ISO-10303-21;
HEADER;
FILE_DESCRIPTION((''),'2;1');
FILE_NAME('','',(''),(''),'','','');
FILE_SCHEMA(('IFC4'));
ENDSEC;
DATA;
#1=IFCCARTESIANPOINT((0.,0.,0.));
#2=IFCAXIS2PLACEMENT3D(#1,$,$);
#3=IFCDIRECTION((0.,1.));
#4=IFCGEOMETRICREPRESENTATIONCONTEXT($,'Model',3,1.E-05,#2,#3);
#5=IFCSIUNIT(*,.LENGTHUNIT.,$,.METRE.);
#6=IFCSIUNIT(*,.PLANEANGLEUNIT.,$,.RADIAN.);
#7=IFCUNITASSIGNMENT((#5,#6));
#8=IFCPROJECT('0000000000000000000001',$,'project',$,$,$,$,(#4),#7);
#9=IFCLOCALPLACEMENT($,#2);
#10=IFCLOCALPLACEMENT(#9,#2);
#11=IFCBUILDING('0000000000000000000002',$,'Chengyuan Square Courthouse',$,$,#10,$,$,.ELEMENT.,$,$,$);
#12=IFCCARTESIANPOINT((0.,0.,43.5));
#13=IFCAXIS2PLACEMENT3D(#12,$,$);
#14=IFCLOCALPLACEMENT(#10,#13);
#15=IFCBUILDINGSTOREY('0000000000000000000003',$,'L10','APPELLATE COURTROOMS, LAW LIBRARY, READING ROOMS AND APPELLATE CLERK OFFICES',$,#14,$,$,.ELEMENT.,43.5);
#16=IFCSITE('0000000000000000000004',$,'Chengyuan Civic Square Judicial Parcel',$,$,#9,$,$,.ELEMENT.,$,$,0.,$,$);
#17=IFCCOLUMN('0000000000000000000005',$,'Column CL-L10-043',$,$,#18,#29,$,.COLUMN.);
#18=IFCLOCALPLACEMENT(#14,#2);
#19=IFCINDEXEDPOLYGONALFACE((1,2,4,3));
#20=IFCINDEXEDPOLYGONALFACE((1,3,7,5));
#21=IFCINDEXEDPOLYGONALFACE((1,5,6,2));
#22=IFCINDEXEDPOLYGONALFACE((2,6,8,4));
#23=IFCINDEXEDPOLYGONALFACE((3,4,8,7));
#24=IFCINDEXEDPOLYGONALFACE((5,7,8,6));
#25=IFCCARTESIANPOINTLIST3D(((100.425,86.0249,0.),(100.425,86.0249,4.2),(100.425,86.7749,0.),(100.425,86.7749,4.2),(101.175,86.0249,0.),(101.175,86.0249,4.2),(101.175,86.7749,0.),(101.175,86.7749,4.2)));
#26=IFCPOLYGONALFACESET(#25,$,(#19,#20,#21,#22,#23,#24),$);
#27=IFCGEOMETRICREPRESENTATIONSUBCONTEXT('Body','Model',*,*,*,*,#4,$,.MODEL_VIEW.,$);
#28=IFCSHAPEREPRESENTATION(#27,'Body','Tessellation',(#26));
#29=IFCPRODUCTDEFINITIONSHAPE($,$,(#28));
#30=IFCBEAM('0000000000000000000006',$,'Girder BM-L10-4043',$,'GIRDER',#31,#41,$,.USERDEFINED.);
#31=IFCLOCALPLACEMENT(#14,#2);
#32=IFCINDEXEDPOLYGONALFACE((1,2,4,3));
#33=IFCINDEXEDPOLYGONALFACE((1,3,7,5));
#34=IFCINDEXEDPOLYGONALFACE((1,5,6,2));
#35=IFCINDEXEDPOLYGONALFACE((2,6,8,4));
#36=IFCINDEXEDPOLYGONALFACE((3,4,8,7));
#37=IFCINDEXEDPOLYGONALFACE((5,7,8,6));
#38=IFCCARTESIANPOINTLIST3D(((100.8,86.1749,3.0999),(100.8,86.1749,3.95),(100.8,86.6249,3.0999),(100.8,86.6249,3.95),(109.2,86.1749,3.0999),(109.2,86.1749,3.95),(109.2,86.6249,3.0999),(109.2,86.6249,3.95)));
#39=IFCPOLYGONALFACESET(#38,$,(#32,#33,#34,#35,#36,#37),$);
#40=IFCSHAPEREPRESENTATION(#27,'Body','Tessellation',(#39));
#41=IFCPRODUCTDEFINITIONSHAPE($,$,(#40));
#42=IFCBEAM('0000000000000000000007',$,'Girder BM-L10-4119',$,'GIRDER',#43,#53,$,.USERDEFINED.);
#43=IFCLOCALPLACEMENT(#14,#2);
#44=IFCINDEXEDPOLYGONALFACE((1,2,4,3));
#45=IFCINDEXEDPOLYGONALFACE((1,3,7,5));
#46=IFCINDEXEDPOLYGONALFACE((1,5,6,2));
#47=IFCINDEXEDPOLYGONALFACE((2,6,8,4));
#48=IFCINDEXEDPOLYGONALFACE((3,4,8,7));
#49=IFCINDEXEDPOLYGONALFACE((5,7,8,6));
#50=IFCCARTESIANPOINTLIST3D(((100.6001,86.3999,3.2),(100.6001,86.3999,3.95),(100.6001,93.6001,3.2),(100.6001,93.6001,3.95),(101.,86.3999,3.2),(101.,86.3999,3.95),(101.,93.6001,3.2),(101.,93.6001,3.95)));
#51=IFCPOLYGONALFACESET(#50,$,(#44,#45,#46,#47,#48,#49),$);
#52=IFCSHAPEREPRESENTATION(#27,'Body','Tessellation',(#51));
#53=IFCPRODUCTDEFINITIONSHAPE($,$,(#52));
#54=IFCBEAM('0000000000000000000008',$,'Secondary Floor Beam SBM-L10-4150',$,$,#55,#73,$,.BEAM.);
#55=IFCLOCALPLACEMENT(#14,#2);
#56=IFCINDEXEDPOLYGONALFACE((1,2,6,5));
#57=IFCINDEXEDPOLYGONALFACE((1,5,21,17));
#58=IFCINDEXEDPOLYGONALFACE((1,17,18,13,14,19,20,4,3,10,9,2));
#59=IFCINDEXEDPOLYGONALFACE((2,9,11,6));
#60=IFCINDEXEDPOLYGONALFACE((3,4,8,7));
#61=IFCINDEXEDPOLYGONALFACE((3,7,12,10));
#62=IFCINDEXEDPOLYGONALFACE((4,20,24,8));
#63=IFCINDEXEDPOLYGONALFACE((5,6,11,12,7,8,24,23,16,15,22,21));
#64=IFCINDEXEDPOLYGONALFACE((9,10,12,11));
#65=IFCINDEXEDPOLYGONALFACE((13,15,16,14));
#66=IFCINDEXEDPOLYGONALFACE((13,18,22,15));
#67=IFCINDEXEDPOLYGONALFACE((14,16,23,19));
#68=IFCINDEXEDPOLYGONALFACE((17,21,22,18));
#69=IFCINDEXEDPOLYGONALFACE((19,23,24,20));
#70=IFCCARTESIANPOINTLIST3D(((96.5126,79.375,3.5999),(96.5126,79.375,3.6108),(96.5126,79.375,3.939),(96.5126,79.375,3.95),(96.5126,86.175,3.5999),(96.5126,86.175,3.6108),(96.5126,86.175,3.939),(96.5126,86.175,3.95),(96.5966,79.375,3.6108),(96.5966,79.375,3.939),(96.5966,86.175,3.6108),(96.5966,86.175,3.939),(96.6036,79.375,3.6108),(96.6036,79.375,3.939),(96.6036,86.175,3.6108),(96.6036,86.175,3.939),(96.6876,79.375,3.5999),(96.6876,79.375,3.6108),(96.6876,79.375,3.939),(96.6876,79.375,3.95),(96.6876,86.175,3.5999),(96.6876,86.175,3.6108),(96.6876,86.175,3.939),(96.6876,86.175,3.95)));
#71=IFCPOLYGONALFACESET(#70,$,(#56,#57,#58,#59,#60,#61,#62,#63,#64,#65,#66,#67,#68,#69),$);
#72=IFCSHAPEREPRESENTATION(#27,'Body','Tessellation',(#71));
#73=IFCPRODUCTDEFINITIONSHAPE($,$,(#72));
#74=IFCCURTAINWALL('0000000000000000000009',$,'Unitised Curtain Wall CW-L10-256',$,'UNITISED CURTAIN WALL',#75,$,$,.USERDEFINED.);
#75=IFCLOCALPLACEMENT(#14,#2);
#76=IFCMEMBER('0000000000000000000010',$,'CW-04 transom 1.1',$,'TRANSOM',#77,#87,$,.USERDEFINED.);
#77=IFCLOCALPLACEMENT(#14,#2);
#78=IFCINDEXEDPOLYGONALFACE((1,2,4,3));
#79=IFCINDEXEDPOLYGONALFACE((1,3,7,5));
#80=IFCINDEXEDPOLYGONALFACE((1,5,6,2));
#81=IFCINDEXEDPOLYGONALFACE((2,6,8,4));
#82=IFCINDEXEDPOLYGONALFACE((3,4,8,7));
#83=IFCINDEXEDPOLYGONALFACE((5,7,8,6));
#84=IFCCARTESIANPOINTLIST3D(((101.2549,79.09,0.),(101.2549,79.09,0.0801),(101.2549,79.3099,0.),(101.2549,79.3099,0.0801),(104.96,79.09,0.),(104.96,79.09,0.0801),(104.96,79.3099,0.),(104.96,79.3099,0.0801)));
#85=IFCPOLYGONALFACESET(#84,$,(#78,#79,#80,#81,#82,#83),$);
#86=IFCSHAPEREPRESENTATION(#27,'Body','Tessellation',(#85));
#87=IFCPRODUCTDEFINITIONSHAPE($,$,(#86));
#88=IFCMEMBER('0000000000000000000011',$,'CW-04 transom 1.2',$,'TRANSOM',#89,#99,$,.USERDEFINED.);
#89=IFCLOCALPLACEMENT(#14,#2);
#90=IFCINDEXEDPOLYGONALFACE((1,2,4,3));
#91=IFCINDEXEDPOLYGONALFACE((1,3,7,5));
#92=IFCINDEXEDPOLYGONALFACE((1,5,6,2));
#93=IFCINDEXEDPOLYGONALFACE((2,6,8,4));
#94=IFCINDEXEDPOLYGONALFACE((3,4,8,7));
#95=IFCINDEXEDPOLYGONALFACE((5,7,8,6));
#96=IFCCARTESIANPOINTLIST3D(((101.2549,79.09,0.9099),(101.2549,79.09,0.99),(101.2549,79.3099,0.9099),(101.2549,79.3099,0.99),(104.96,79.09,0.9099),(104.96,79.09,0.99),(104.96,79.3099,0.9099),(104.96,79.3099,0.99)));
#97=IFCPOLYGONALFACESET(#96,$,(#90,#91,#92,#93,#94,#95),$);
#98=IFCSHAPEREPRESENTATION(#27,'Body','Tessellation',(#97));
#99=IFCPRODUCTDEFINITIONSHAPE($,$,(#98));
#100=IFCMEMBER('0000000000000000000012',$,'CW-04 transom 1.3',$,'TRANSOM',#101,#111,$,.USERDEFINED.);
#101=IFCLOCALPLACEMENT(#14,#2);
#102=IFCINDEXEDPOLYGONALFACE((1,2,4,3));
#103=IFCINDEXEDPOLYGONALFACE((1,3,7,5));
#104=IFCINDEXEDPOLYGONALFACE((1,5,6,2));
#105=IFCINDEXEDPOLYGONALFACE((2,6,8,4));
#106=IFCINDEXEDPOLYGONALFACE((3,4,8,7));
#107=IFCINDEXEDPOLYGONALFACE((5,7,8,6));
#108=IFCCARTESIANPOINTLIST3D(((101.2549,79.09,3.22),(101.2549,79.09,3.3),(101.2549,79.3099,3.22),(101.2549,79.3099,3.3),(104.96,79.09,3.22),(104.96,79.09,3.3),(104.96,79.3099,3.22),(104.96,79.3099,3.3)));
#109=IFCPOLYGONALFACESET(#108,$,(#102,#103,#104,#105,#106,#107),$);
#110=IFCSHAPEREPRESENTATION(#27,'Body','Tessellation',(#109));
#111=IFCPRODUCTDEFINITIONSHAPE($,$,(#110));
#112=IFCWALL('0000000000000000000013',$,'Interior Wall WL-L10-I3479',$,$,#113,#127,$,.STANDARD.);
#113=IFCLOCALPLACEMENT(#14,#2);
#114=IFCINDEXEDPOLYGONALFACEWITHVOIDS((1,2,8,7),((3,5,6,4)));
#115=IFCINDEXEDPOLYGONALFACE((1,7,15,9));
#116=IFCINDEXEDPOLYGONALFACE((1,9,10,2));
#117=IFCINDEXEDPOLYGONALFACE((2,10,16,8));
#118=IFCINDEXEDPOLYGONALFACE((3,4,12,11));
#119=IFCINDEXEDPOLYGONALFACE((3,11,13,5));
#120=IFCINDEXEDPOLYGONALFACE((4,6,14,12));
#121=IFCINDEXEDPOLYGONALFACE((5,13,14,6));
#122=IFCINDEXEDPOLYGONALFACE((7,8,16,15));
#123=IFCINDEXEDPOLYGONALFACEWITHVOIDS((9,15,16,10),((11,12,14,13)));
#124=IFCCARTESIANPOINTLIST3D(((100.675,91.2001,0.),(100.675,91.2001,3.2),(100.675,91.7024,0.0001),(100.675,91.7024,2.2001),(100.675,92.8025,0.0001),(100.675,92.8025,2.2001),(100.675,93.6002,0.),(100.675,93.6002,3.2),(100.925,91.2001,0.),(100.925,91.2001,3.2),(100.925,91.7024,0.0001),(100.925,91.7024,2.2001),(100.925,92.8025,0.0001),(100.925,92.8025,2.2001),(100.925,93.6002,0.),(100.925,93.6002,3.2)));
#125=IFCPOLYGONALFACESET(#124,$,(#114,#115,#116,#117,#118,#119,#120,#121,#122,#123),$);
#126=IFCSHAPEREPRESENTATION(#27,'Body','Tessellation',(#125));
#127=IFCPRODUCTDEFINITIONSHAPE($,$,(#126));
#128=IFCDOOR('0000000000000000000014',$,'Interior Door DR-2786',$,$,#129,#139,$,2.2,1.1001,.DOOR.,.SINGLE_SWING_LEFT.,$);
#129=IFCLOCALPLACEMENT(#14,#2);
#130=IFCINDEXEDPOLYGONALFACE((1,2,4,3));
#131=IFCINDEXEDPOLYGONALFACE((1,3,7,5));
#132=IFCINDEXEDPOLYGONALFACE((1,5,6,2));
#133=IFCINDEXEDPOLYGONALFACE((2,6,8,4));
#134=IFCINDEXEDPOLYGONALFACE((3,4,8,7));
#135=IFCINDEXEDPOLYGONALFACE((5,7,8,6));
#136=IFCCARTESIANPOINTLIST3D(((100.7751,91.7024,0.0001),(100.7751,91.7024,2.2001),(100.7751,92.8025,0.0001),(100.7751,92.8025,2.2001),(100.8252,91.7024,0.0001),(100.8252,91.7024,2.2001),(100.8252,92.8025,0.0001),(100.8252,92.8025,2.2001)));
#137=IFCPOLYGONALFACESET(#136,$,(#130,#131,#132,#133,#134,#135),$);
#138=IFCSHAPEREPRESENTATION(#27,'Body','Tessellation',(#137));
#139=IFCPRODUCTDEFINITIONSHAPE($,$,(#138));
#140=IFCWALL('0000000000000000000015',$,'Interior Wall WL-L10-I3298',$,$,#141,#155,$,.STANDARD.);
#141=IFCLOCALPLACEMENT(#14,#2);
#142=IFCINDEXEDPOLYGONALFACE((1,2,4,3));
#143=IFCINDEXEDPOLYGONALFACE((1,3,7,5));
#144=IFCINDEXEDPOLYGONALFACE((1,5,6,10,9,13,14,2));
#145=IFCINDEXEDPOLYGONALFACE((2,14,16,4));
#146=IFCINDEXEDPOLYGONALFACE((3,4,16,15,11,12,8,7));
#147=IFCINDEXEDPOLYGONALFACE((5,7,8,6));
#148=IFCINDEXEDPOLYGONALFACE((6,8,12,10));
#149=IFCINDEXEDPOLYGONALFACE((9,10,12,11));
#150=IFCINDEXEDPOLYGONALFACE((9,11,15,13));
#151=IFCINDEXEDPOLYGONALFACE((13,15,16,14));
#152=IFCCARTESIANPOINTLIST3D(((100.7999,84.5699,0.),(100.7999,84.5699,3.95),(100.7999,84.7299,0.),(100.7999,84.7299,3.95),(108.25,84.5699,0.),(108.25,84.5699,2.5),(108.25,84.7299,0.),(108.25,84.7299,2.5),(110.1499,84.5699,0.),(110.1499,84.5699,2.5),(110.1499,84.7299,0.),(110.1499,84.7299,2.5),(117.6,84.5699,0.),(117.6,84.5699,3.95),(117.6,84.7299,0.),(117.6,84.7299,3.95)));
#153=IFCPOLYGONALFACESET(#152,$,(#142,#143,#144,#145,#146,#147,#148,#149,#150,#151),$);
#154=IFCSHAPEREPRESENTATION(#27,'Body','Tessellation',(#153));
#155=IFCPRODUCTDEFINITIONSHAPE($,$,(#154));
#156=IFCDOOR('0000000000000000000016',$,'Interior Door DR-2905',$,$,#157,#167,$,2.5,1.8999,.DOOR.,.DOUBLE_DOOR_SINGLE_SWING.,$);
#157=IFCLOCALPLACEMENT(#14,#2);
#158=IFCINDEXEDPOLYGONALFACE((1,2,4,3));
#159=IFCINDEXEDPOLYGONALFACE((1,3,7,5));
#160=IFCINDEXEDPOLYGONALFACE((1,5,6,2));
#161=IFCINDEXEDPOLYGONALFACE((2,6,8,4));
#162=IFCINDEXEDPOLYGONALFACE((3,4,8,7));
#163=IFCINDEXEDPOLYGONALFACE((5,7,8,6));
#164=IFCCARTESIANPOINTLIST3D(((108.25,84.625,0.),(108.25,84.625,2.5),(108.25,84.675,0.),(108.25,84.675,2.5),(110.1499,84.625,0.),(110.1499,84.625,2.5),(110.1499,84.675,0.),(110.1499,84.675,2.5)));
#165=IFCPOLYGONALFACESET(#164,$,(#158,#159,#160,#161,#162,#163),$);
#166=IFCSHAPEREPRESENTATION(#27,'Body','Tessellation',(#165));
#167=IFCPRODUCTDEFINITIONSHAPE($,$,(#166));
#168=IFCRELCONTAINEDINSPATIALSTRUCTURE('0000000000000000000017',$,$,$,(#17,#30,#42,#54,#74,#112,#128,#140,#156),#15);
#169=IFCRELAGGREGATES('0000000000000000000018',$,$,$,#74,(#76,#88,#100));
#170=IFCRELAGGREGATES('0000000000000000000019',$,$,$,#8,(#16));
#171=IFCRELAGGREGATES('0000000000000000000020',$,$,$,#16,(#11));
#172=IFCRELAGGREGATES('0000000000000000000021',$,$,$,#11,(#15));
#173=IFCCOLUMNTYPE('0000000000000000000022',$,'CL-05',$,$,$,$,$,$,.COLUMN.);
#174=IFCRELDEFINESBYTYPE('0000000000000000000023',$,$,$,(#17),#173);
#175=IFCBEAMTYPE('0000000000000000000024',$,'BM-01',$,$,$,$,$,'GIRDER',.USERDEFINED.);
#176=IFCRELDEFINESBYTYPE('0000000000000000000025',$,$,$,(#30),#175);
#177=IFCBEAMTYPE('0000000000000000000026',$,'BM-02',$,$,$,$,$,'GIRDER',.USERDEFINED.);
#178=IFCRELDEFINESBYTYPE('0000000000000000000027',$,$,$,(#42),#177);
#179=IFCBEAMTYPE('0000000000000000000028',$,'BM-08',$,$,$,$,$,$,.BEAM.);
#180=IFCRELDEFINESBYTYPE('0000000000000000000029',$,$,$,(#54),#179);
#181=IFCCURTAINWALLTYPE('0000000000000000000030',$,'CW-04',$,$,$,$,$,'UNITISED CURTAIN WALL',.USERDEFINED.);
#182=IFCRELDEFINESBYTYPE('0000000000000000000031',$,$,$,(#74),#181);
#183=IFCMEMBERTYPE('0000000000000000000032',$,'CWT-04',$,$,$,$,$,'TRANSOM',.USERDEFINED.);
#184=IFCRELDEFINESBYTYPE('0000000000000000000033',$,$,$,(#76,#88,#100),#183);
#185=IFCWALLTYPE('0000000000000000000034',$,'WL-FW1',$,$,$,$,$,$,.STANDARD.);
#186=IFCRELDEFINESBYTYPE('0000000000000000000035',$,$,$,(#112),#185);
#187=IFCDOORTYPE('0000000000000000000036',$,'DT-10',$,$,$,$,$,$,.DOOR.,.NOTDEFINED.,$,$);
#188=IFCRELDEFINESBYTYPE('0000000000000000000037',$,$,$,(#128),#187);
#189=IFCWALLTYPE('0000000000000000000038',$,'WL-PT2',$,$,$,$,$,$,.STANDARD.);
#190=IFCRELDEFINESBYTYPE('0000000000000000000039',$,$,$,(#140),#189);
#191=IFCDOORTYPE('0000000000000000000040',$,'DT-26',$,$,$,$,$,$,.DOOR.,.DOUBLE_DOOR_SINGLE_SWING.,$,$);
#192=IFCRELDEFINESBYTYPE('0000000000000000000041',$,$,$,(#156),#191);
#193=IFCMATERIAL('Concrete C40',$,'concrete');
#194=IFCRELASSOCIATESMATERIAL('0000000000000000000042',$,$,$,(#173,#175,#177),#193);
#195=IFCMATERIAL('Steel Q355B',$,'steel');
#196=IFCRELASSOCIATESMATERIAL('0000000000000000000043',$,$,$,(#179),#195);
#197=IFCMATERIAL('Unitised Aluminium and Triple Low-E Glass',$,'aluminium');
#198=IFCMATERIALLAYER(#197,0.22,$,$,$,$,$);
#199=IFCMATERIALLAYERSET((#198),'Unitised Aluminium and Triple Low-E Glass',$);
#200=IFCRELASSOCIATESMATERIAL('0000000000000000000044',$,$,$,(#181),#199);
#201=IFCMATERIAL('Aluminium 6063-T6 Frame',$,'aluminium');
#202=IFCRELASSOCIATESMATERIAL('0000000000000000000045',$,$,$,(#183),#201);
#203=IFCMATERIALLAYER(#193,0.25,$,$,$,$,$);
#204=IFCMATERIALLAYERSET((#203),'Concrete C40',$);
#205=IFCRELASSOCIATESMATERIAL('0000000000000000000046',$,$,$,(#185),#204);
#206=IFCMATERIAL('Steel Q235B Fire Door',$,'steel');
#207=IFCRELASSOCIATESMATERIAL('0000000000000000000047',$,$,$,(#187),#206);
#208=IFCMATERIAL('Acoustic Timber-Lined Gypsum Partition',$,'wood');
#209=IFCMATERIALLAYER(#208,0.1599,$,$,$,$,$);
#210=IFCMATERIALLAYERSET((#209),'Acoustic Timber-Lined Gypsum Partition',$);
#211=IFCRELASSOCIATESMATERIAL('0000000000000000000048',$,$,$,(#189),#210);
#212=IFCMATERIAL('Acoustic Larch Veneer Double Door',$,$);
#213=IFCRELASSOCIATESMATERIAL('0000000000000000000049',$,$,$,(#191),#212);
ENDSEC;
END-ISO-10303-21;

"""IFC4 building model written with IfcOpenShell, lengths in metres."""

from ifc_helpers import new_model, si_unit, direction, frame, frame_2d, origin, origin_2d, place, context, subcontext, project, spatial, rectangle, i_section, extrude, material, layer, layer_set, material_profile, profile_set, type_object, element, fill, aggregate, save


model = new_model("IFC4")

# Units and contexts
model_context = context("Model", 3, precision=1e-05, world=origin(), true_north=direction((0.0, 1.0)))
body_context = subcontext(model_context, "Body", "Model", "MODEL_VIEW")
ifc_project = project(units=[si_unit("LENGTHUNIT", "METRE"), si_unit("PLANEANGLEUNIT", "RADIAN")], contexts=[model_context])

# Site, building, storey
site_placement = place(None, origin())
site = spatial("IfcSite", under=ifc_project, at=site_placement, Name="Chengyuan Civic Square Judicial Parcel", CompositionType="ELEMENT", RefElevation=0.0)
building_placement = place(site_placement, origin())
building = spatial("IfcBuilding", under=site, at=building_placement, Name="Chengyuan Square Courthouse", CompositionType="ELEMENT")
storey_placement = place(building_placement, frame((0.0, 0.0, 43.5)))
storey = spatial("IfcBuildingStorey", under=building, at=storey_placement, Name="L10", Description="APPELLATE COURTROOMS, LAW LIBRARY, READING ROOMS AND APPELLATE CLERK OFFICES", CompositionType="ELEMENT", Elevation=43.5)

# Column
ifc_material_1 = material(Name="Concrete C40", Category="concrete")
ifc_material_profile_1 = material_profile(ifc_material_1, rectangle(XDim=0.75, YDim=0.75, at=origin_2d()), Name="RC-COL-750x750")
ifc_profile_set_1 = profile_set([ifc_material_profile_1], Name="Concrete C40")
column_type = type_object("IfcColumnType", Name="CL-05", PredefinedType="COLUMN", material=ifc_profile_set_1)
column_placement = place(storey_placement, frame((100.8, 86.3999, 0.0), z_axis=(0.0, 0.0, 1.0), x_axis=(1.0, 0.0, 0.0)))
element("IfcColumn", 1, at=column_placement, inside=storey, type_object=column_type, Name="Column CL-L10-043", PredefinedType="COLUMN", context=body_context, shape_type="SweptSolid", body=[
    extrude(rectangle(XDim=0.75, YDim=0.75, at=origin_2d()), origin(), (0.0, 0.0, 1.0), 4.2),
])

# Beams
ifc_material_profile_2 = material_profile(ifc_material_1, rectangle(XDim=0.45, YDim=0.8501, at=origin_2d()), Name="RC-BM-450x850")
ifc_profile_set_2 = profile_set([ifc_material_profile_2], Name="Concrete C40")
beam_type_1 = type_object("IfcBeamType", Name="BM-01", ElementType="GIRDER", PredefinedType="USERDEFINED", material=ifc_profile_set_2)
beam_1_placement = place(storey_placement, frame((100.8, 86.3999, 3.5249), z_axis=(1.0, 0.0, 0.0), x_axis=(0.0, 1.0, 0.0)))
element("IfcBeam", 2, at=beam_1_placement, inside=storey, type_object=beam_type_1, Name="Girder BM-L10-4043", ObjectType="GIRDER", PredefinedType="USERDEFINED", context=body_context, shape_type="SweptSolid", body=[
    extrude(rectangle(XDim=0.45, YDim=0.8501, at=origin_2d()), origin(), (0.0, 0.0, 1.0), 8.3999),
])
ifc_material_profile_3 = material_profile(ifc_material_1, rectangle(XDim=0.3999, YDim=0.75, at=origin_2d()), Name="RC-BM-400x750")
ifc_profile_set_3 = profile_set([ifc_material_profile_3], Name="Concrete C40")
beam_type_2 = type_object("IfcBeamType", Name="BM-02", ElementType="GIRDER", PredefinedType="USERDEFINED", material=ifc_profile_set_3)
beam_2_placement = place(storey_placement, frame((100.8, 86.3999, 3.575), z_axis=(0.0, 1.0, 0.0), x_axis=(-1.0, 0.0, 0.0)))
element("IfcBeam", 3, at=beam_2_placement, inside=storey, type_object=beam_type_2, Name="Girder BM-L10-4119", ObjectType="GIRDER", PredefinedType="USERDEFINED", context=body_context, shape_type="SweptSolid", body=[
    extrude(rectangle(XDim=0.3999, YDim=0.75, at=origin_2d()), origin(), (0.0, 0.0, 1.0), 7.2002),
])
ifc_material_2 = material(Name="Steel Q355B", Category="steel")
ifc_material_profile_4 = material_profile(ifc_material_2, i_section(OverallWidth=0.175, OverallDepth=0.3501, WebThickness=0.0071, FlangeThickness=0.011, at=origin_2d()), Name="HN 350x175x7x11")
ifc_profile_set_4 = profile_set([ifc_material_profile_4], Name="Steel Q355B")
beam_type_3 = type_object("IfcBeamType", Name="BM-08", PredefinedType="BEAM", material=ifc_profile_set_4)
beam_3_placement = place(storey_placement, frame((96.6001, 79.375, 3.7749), z_axis=(0.0, 1.0, 0.0), x_axis=(-1.0, 0.0, 0.0)))
element("IfcBeam", 4, at=beam_3_placement, inside=storey, type_object=beam_type_3, Name="Secondary Floor Beam SBM-L10-4150", PredefinedType="BEAM", context=body_context, shape_type="SweptSolid", body=[
    extrude(i_section(OverallWidth=0.175, OverallDepth=0.3501, WebThickness=0.0071, FlangeThickness=0.011, at=origin_2d()), origin(), (0.0, 0.0, 1.0), 6.8),
])

# Curtain wall, members
ifc_material_3 = material(Name="Unitised Aluminium and Triple Low-E Glass", Category="aluminium")
ifc_layer_1 = layer(ifc_material_3, 0.22)
ifc_layer_set_1 = layer_set([ifc_layer_1], Name="Unitised Aluminium and Triple Low-E Glass")
curtain_wall_type = type_object("IfcCurtainWallType", Name="CW-04", ElementType="UNITISED CURTAIN WALL", PredefinedType="USERDEFINED", material=ifc_layer_set_1)
curtain_wall_placement = place(storey_placement, origin())
curtain_wall = element("IfcCurtainWall", 5, at=curtain_wall_placement, inside=storey, type_object=curtain_wall_type, Name="Unitised Curtain Wall CW-L10-256", ObjectType="UNITISED CURTAIN WALL", PredefinedType="USERDEFINED")
ifc_material_4 = material(Name="Aluminium 6063-T6 Frame", Category="aluminium")
ifc_material_profile_5 = material_profile(ifc_material_4, rectangle(XDim=0.22, YDim=0.0801, at=origin_2d()), Name="CW-TRN-80x180")
ifc_profile_set_5 = profile_set([ifc_material_profile_5], Name="Aluminium 6063-T6 Frame")
member_type = type_object("IfcMemberType", Name="CWT-04", ElementType="TRANSOM", PredefinedType="USERDEFINED", material=ifc_profile_set_5)
member_1_placement = place(storey_placement, frame((101.2549, 79.2, 0.04), z_axis=(1.0, 0.0, 0.0), x_axis=(0.0, 1.0, 0.0)))
member_1 = element("IfcMember", 6, at=member_1_placement, type_object=member_type, Name="CW-04 transom 1.1", ObjectType="TRANSOM", PredefinedType="USERDEFINED", context=body_context, shape_type="SweptSolid", body=[
    extrude(rectangle(XDim=0.22, YDim=0.0801, at=origin_2d()), origin(), (0.0, 0.0, 1.0), 3.7051),
])
member_2_placement = place(storey_placement, frame((101.2549, 79.2, 0.95), z_axis=(1.0, 0.0, 0.0), x_axis=(0.0, 1.0, 0.0)))
member_2 = element("IfcMember", 7, at=member_2_placement, type_object=member_type, Name="CW-04 transom 1.2", ObjectType="TRANSOM", PredefinedType="USERDEFINED", context=body_context, shape_type="SweptSolid", body=[
    extrude(rectangle(XDim=0.22, YDim=0.0801, at=origin_2d()), origin(), (0.0, 0.0, 1.0), 3.7051),
])
member_3_placement = place(storey_placement, frame((101.2549, 79.2, 3.26), z_axis=(1.0, 0.0, 0.0), x_axis=(0.0, 1.0, 0.0)))
member_3 = element("IfcMember", 8, at=member_3_placement, type_object=member_type, Name="CW-04 transom 1.3", ObjectType="TRANSOM", PredefinedType="USERDEFINED", context=body_context, shape_type="SweptSolid", body=[
    extrude(rectangle(XDim=0.22, YDim=0.0801, at=origin_2d()), origin(), (0.0, 0.0, 1.0), 3.7051),
])
aggregate(curtain_wall, [member_1, member_2, member_3])

# Walls, openings, doors
ifc_layer_2 = layer(ifc_material_1, 0.25)
ifc_layer_set_2 = layer_set([ifc_layer_2], Name="Concrete C40")
wall_type_1 = type_object("IfcWallType", Name="WL-FW1", PredefinedType="STANDARD", material=ifc_layer_set_2)
wall_1_placement = place(storey_placement, frame((100.8, 91.2, 0.0), z_axis=(0.0, 0.0, 1.0), x_axis=(0.0, 1.0, 0.0)))
wall_1 = element("IfcWall", 9, at=wall_1_placement, inside=storey, type_object=wall_type_1, Name="Interior Wall WL-L10-I3479", PredefinedType="STANDARD", context=body_context, shape_type="SweptSolid", body=[
    extrude(rectangle(XDim=2.4001, YDim=0.25, at=frame_2d((1.2002, 0.0))), origin(), (0.0, 0.0, 1.0), 3.2),
])
opening_1_placement = place(wall_1_placement, frame((0.5024, 0.0, 0.0)))
opening_1 = element("IfcOpeningElement", 10, at=opening_1_placement, cuts=wall_1, PredefinedType="OPENING", context=body_context, shape_type="SweptSolid", body=[
    extrude(rectangle(XDim=1.1001, YDim=2.2, at=frame_2d((0.55, 1.1001))), frame((0.0, 0.137, 0.0), z_axis=(0.0, -1.0, 0.0), x_axis=(1.0, 0.0, 0.0)), (0.0, 0.0, 1.0), 0.2739),
])
ifc_material_5 = material(Name="Steel Q235B Fire Door", Category="steel")
door_type_1 = type_object("IfcDoorType", Name="DT-10", OperationType="NOTDEFINED", PredefinedType="DOOR", material=ifc_material_5)
door_1_placement = place(opening_1_placement, origin())
door_1 = element("IfcDoor", 11, at=door_1_placement, inside=storey, type_object=door_type_1, Name="Interior Door DR-2786", OperationType="SINGLE_SWING_LEFT", OverallHeight=2.2, OverallWidth=1.1001, PredefinedType="DOOR", context=body_context, shape_type="SweptSolid", body=[
    extrude(rectangle(XDim=1.1001, YDim=2.2, at=frame_2d((0.55, 1.1001))), frame((0.0, 0.0249, 0.0), z_axis=(0.0, -1.0, 0.0), x_axis=(1.0, 0.0, 0.0)), (0.0, 0.0, 1.0), 0.05),
])
fill(opening_1, door_1)
ifc_material_6 = material(Name="Acoustic Timber-Lined Gypsum Partition", Category="wood")
ifc_layer_3 = layer(ifc_material_6, 0.1599)
ifc_layer_set_3 = layer_set([ifc_layer_3], Name="Acoustic Timber-Lined Gypsum Partition")
wall_type_2 = type_object("IfcWallType", Name="WL-PT2", PredefinedType="STANDARD", material=ifc_layer_set_3)
wall_2_placement = place(storey_placement, frame((100.8, 84.6499, 0.0), z_axis=(0.0, 0.0, 1.0), x_axis=(1.0, 0.0, 0.0)))
wall_2 = element("IfcWall", 12, at=wall_2_placement, inside=storey, type_object=wall_type_2, Name="Interior Wall WL-L10-I3298", PredefinedType="STANDARD", context=body_context, shape_type="SweptSolid", body=[
    extrude(rectangle(XDim=16.8, YDim=0.1599, at=frame_2d((8.3999, 0.0))), origin(), (0.0, 0.0, 1.0), 3.95),
])
opening_2_placement = place(wall_2_placement, frame((7.45, 0.0, 0.0)))
opening_2 = element("IfcOpeningElement", 13, at=opening_2_placement, cuts=wall_2, PredefinedType="OPENING", context=body_context, shape_type="SweptSolid", body=[
    extrude(rectangle(XDim=1.8999, YDim=2.5, at=frame_2d((0.95, 1.25))), frame((0.0, 0.092, 0.0), z_axis=(0.0, -1.0, 0.0), x_axis=(1.0, 0.0, 0.0)), (0.0, 0.0, 1.0), 0.1838),
])
ifc_material_7 = material(Name="Acoustic Larch Veneer Double Door")
door_type_2 = type_object("IfcDoorType", Name="DT-26", OperationType="DOUBLE_DOOR_SINGLE_SWING", PredefinedType="DOOR", material=ifc_material_7)
door_2_placement = place(opening_2_placement, frame((1.8999, 0.0, 0.0), z_axis=(0.0, 0.0, 1.0), x_axis=(-1.0, 0.0, 0.0)))
door_2 = element("IfcDoor", 14, at=door_2_placement, inside=storey, type_object=door_type_2, Name="Interior Door DR-2905", OperationType="DOUBLE_DOOR_SINGLE_SWING", OverallHeight=2.5, OverallWidth=1.8999, PredefinedType="DOOR", context=body_context, shape_type="SweptSolid", body=[
    extrude(rectangle(XDim=1.8999, YDim=2.5, at=frame_2d((0.95, 1.25))), frame((0.0, 0.0249, 0.0), z_axis=(0.0, -1.0, 0.0), x_axis=(1.0, 0.0, 0.0)), (0.0, 0.0, 1.0), 0.05),
])
fill(opening_2, door_2)

save(model, "model.ifc")
